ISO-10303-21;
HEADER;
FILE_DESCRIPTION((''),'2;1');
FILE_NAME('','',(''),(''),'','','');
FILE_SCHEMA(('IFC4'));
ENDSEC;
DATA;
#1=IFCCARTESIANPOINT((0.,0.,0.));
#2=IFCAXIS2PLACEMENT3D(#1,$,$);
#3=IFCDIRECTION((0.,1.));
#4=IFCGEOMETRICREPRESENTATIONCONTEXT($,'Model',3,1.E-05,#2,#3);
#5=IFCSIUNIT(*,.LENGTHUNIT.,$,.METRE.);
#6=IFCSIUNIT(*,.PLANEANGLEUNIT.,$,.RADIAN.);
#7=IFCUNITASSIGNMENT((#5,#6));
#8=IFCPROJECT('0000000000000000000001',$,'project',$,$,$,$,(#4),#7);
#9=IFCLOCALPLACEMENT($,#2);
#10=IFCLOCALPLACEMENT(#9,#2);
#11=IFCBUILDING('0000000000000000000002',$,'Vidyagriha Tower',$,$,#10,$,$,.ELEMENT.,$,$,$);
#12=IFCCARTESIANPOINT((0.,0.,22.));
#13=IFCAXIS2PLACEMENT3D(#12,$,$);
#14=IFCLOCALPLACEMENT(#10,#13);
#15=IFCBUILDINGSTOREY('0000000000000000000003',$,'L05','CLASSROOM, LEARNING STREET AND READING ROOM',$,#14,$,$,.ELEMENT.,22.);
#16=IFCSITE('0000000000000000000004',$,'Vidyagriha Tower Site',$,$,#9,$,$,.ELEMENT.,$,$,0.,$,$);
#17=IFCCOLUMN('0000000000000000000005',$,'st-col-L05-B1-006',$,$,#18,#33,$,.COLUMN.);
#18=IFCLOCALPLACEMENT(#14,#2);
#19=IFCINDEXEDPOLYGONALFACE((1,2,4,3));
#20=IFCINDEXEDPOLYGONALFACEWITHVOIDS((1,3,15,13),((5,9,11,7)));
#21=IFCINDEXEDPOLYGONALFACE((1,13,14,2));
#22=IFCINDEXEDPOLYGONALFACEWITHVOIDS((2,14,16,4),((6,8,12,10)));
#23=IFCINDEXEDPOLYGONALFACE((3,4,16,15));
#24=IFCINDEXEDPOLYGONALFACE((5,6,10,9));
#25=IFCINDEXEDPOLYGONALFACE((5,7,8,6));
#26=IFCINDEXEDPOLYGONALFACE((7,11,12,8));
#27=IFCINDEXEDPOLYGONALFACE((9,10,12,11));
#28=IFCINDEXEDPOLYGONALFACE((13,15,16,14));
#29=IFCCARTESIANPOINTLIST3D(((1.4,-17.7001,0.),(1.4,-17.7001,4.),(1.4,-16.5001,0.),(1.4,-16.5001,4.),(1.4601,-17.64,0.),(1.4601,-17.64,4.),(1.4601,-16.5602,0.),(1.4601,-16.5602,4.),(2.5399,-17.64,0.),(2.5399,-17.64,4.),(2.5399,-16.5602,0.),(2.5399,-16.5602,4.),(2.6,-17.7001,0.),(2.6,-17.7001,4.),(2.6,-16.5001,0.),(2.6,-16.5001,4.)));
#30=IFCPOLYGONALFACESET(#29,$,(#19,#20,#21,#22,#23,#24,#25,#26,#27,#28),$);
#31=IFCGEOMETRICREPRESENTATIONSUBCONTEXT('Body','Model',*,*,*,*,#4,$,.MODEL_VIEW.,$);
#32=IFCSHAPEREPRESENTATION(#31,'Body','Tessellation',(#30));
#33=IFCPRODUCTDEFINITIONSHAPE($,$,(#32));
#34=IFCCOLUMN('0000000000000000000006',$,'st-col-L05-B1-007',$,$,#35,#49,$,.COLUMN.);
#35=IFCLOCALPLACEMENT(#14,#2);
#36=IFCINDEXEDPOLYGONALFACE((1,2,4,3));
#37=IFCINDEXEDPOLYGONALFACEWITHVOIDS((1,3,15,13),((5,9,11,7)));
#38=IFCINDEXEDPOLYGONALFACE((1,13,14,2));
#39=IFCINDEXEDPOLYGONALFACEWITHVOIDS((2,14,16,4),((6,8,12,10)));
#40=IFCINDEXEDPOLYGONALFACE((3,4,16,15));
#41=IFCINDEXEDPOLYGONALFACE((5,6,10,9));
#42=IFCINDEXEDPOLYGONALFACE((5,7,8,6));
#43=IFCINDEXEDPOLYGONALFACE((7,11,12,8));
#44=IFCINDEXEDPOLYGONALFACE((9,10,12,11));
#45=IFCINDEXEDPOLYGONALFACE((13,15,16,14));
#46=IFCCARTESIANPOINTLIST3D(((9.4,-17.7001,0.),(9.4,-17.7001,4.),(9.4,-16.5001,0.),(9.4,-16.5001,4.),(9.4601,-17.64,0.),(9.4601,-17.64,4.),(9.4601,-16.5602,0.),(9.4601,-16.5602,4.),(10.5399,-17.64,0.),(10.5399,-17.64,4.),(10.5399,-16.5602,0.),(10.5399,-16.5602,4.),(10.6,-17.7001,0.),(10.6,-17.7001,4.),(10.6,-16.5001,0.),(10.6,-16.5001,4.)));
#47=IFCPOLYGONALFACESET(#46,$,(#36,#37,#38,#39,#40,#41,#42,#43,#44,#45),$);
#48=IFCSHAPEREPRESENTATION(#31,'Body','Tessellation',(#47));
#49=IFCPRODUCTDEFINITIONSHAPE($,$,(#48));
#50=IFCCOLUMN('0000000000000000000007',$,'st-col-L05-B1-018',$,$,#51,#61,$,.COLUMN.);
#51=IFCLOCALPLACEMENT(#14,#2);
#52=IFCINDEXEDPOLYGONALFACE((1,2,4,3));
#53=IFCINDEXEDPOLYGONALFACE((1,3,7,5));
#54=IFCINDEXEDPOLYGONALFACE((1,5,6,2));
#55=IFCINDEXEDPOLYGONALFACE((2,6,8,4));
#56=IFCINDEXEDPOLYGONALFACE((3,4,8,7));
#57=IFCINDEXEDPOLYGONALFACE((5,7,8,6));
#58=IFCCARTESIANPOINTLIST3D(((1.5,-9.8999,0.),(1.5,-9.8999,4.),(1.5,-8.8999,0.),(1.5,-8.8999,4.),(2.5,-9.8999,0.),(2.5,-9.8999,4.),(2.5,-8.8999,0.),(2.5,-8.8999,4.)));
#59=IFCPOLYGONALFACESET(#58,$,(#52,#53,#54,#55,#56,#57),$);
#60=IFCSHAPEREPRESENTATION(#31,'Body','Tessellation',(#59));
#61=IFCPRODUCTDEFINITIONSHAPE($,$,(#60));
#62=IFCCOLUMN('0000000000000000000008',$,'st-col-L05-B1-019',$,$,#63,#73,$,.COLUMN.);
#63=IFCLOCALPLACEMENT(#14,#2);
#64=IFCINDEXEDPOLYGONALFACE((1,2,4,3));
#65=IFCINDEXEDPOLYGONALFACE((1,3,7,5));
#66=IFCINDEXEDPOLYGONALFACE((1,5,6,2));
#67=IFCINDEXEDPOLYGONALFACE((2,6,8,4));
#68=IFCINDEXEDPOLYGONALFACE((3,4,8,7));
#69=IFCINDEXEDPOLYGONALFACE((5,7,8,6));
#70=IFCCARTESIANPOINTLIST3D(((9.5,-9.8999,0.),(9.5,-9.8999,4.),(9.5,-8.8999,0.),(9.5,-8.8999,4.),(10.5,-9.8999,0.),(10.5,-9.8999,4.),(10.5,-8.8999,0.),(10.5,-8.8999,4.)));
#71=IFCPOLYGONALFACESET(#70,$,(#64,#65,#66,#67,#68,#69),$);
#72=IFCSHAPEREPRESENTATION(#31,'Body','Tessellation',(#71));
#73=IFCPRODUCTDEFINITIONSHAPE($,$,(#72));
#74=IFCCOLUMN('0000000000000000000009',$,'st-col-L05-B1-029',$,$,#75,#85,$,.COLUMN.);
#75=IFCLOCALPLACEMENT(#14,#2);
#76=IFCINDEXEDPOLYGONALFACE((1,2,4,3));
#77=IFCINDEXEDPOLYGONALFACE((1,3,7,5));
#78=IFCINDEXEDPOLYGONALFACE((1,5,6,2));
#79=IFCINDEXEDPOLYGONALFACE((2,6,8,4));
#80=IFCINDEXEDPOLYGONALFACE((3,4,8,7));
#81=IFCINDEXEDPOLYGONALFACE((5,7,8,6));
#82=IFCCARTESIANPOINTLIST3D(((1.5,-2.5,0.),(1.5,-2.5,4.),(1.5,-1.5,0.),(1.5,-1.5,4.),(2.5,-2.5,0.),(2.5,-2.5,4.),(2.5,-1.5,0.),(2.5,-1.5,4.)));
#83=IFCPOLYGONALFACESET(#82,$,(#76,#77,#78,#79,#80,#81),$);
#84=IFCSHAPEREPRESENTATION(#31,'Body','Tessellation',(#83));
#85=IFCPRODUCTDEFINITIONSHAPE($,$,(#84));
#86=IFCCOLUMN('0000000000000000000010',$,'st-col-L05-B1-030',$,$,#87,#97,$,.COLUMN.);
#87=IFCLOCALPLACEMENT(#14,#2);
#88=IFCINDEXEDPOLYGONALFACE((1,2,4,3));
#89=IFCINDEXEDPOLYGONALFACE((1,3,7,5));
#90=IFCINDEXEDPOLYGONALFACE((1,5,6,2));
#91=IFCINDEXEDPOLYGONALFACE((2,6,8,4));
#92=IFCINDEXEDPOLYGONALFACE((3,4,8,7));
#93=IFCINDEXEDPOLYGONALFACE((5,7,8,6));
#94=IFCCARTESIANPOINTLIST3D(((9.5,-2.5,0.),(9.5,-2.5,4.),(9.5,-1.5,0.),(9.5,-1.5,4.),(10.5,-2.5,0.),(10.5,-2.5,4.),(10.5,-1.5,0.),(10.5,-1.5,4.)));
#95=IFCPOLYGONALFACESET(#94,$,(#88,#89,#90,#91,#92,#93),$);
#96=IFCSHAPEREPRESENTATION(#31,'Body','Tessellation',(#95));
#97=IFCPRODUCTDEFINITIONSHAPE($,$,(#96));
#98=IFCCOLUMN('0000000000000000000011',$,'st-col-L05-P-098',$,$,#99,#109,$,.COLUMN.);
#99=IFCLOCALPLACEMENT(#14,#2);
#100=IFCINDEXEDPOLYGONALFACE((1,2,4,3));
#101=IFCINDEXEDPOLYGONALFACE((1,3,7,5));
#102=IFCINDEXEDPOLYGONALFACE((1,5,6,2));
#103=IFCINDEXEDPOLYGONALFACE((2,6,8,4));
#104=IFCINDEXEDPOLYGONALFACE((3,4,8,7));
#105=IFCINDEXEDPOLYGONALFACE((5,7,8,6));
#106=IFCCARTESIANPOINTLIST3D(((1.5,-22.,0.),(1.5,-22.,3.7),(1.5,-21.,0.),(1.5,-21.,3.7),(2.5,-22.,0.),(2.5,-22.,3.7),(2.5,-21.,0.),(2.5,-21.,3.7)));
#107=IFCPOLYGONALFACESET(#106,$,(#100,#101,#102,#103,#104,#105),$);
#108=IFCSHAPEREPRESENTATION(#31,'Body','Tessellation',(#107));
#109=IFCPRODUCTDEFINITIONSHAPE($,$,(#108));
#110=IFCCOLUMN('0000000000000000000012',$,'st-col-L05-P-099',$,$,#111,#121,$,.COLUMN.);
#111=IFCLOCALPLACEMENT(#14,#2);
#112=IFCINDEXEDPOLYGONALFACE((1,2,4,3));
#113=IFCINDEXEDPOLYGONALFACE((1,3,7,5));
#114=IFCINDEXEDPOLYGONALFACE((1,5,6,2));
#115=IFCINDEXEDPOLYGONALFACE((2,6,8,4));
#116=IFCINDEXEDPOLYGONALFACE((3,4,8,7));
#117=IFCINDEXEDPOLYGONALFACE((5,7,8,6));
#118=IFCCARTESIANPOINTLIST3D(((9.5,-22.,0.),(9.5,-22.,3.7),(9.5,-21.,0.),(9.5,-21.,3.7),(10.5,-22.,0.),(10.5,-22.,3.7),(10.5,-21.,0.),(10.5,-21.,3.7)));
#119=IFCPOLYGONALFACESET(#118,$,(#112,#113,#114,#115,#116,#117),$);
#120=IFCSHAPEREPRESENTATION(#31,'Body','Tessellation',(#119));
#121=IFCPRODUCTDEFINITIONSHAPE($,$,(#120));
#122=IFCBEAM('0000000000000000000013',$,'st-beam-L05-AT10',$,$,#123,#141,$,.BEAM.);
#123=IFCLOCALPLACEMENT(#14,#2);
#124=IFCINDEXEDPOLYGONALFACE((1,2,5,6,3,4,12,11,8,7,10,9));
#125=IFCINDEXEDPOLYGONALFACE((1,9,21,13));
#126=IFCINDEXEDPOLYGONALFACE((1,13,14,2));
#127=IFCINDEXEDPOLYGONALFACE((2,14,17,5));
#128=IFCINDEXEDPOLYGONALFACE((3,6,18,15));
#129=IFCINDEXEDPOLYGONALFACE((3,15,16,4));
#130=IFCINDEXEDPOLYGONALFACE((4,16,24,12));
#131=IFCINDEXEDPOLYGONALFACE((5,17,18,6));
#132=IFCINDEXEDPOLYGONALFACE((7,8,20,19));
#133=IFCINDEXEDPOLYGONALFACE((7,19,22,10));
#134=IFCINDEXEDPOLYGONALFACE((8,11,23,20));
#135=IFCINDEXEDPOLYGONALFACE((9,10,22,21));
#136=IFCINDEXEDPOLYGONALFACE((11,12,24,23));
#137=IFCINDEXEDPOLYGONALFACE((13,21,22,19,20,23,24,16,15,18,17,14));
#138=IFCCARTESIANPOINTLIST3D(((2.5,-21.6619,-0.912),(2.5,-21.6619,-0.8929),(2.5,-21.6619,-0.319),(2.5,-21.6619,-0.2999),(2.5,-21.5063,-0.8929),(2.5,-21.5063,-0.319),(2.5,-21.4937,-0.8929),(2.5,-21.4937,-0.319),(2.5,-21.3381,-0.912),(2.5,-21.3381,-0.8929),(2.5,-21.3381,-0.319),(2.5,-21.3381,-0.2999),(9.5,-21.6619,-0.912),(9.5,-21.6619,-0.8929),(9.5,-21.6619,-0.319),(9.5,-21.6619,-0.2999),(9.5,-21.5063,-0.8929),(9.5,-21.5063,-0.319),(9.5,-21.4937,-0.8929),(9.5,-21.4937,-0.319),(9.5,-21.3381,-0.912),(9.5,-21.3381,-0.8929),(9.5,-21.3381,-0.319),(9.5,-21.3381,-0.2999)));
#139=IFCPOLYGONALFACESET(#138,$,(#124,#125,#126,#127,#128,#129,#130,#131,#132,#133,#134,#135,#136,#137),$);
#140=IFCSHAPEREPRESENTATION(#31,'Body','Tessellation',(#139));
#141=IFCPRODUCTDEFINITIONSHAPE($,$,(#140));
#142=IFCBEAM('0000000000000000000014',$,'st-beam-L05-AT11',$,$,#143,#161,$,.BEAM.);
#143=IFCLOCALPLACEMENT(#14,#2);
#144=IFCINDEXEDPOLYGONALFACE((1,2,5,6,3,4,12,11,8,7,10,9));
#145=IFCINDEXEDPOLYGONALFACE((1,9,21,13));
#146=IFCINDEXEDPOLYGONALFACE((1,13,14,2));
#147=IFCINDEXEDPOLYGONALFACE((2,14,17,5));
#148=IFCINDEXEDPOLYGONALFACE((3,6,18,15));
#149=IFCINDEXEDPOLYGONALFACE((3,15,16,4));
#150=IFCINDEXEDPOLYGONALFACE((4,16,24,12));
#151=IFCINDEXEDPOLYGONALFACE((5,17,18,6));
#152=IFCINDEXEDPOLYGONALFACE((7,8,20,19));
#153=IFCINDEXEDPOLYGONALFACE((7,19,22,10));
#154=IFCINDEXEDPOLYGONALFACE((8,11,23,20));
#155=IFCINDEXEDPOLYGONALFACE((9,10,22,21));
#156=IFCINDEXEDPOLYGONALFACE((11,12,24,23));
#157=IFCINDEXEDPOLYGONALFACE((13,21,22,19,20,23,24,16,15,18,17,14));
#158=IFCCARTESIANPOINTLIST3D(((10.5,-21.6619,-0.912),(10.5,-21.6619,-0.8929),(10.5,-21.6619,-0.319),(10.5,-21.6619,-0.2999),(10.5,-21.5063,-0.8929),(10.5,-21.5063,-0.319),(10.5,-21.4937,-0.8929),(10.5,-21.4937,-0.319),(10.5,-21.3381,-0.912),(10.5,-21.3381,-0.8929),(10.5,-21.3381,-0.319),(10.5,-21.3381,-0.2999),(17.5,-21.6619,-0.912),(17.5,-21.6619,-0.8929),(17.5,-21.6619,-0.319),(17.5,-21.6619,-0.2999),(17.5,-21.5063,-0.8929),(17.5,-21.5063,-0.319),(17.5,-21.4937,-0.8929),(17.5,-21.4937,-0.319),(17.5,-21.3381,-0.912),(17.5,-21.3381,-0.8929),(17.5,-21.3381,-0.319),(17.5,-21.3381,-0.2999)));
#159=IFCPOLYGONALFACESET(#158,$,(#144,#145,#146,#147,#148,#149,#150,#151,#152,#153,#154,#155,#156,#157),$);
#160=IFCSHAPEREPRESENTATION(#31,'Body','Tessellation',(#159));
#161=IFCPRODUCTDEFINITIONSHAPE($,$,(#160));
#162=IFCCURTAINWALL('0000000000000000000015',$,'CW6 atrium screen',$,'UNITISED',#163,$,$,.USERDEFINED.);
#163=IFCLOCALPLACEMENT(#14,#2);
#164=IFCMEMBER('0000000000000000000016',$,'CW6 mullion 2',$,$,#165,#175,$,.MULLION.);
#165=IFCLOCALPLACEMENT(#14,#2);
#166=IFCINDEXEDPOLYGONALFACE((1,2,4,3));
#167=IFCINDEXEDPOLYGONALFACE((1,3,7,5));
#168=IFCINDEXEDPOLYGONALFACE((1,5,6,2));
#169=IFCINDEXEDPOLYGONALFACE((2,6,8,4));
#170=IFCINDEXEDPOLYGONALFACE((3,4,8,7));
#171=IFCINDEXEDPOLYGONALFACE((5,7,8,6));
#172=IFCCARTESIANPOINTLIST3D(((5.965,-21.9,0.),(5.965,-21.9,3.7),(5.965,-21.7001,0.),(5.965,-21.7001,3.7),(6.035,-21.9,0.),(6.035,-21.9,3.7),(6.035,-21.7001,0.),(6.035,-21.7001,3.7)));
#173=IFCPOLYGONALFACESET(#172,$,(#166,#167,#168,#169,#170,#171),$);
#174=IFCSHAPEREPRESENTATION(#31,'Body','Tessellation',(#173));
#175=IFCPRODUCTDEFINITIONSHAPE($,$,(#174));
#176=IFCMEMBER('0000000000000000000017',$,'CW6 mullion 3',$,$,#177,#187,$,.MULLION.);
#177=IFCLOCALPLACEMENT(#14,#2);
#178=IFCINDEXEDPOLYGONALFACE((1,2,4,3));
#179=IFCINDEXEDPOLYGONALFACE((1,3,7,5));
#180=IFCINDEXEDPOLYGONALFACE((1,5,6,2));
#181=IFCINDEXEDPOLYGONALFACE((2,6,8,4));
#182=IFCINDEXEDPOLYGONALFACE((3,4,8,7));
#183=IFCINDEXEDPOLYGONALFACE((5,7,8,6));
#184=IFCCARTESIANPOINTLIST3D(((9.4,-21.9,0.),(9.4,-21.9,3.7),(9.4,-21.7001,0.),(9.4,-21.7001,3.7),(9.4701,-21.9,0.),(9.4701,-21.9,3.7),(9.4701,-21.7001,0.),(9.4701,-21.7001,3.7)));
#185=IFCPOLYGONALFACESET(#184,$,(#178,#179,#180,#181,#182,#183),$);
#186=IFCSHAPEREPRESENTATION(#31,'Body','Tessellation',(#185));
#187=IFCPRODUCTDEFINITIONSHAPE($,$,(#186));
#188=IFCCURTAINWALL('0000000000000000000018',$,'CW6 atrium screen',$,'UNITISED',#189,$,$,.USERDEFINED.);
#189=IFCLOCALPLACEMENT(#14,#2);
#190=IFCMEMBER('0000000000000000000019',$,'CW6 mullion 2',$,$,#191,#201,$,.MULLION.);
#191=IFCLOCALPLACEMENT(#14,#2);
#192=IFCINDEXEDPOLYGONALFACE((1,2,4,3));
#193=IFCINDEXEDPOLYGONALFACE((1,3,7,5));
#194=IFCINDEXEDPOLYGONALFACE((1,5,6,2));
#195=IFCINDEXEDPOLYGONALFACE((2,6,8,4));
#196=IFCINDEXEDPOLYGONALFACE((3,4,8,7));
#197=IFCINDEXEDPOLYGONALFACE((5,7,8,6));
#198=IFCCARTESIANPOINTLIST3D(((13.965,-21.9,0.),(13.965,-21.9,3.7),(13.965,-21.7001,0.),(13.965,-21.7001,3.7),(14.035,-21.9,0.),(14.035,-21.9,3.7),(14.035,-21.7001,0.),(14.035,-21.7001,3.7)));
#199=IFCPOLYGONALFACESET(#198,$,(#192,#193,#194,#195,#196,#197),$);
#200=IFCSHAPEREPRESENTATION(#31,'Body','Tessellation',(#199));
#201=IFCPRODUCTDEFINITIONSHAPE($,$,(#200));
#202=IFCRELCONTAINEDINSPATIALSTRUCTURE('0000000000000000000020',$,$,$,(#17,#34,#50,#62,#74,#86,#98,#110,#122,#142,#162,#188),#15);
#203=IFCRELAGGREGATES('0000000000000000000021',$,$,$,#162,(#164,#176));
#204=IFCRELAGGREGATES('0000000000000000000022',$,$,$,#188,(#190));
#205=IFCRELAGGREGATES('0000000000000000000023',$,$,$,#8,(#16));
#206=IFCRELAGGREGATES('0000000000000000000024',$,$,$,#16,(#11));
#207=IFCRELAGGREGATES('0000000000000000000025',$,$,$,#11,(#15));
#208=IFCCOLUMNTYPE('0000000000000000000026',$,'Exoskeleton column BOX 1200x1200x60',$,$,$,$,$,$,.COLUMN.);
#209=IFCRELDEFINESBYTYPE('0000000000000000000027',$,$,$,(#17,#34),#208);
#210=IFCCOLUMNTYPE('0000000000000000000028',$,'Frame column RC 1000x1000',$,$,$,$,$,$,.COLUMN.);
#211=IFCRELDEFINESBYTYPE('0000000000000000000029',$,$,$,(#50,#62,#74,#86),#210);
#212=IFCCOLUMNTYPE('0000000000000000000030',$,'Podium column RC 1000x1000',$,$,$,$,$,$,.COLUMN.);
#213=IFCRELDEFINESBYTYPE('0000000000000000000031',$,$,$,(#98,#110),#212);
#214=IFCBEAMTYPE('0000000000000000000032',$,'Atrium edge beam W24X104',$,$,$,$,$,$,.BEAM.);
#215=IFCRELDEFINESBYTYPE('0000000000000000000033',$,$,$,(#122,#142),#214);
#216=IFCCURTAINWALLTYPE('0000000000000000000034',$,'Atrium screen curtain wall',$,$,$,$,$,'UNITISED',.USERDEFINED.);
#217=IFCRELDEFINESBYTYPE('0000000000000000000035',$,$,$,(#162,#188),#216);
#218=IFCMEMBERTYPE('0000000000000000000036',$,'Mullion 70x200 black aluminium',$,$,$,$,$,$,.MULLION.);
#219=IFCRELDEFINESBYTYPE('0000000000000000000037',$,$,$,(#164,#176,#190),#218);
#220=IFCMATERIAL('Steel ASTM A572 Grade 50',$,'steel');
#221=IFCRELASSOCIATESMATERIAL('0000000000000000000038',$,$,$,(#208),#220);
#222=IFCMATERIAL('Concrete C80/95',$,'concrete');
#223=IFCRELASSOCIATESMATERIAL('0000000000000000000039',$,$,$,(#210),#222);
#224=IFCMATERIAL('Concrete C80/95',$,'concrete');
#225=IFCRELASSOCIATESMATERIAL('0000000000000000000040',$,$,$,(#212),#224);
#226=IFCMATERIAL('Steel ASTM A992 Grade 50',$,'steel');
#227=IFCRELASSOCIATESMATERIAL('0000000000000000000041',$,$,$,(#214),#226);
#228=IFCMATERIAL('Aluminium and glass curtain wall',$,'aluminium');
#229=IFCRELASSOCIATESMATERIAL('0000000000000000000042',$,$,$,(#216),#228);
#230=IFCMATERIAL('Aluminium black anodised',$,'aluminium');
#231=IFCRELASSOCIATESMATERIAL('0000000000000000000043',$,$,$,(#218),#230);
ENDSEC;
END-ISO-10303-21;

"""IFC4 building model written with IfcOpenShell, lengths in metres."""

from ifc_helpers import new_model, si_unit, direction, frame, origin, origin_2d, place, context, subcontext, project, spatial, rectangle, hollow_rectangle, i_section, extrude, material, material_profile, profile_set, type_object, element, aggregate, save


model = new_model("IFC4")

# Units and contexts
model_context = context("Model", 3, precision=1e-05, world=origin(), true_north=direction((0.0, 1.0)))
body_context = subcontext(model_context, "Body", "Model", "MODEL_VIEW")
ifc_project = project(units=[si_unit("LENGTHUNIT", "METRE"), si_unit("PLANEANGLEUNIT", "RADIAN")], contexts=[model_context])

# Site, building, storey
site_placement = place(None, origin())
site = spatial("IfcSite", under=ifc_project, at=site_placement, Name="Vidyagriha Tower Site", CompositionType="ELEMENT", RefElevation=0.0)
building_placement = place(site_placement, origin())
building = spatial("IfcBuilding", under=site, at=building_placement, Name="Vidyagriha Tower", CompositionType="ELEMENT")
storey_placement = place(building_placement, frame((0.0, 0.0, 22.0)))
storey = spatial("IfcBuildingStorey", under=building, at=storey_placement, Name="L05", Description="CLASSROOM, LEARNING STREET AND READING ROOM", CompositionType="ELEMENT", Elevation=22.0)

# Columns
ifc_material_1 = material(Name="Steel ASTM A572 Grade 50", Category="steel")
ifc_material_profile_1 = material_profile(ifc_material_1, hollow_rectangle(XDim=1.2, YDim=1.2, WallThickness=0.0601, at=origin_2d()), Name="BOX 1200x1200x60")
ifc_profile_set_1 = profile_set([ifc_material_profile_1], Name="Steel ASTM A572 Grade 50")
column_type_1 = type_object("IfcColumnType", Name="Exoskeleton column BOX 1200x1200x60", PredefinedType="COLUMN", material=ifc_profile_set_1)
for number, where, name in (
    (1, (2.0, -17.1001, 0.0), "st-col-L05-B1-006"),
    (2, (10.0, -17.1001, 0.0), "st-col-L05-B1-007"),
):
    element("IfcColumn", number, at=place(storey_placement, frame(where)), inside=storey, type_object=column_type_1, Name=name, PredefinedType="COLUMN", context=body_context, shape_type="SweptSolid", body=[
        extrude(hollow_rectangle(XDim=1.2, YDim=1.2, WallThickness=0.0601, at=origin_2d()), origin(), (0.0, 0.0, 1.0), 4.0),
    ])
ifc_material_2 = material(Name="Concrete C80/95", Category="concrete")
ifc_material_profile_2 = material_profile(ifc_material_2, rectangle(XDim=1.0, YDim=1.0, at=origin_2d()), Name="RC 1000x1000")
ifc_profile_set_2 = profile_set([ifc_material_profile_2], Name="Concrete C80/95")
column_type_2 = type_object("IfcColumnType", Name="Frame column RC 1000x1000", PredefinedType="COLUMN", material=ifc_profile_set_2)
for number, where, name in (
    (3, (2.0, -9.3999, 0.0), "st-col-L05-B1-018"),
    (4, (10.0, -9.3999, 0.0), "st-col-L05-B1-019"),
    (5, (2.0, -2.0, 0.0), "st-col-L05-B1-029"),
    (6, (10.0, -2.0, 0.0), "st-col-L05-B1-030"),
):
    element("IfcColumn", number, at=place(storey_placement, frame(where)), inside=storey, type_object=column_type_2, Name=name, PredefinedType="COLUMN", context=body_context, shape_type="SweptSolid", body=[
        extrude(rectangle(XDim=1.0, YDim=1.0, at=origin_2d()), origin(), (0.0, 0.0, 1.0), 4.0),
    ])
ifc_material_3 = material(Name="Concrete C80/95", Category="concrete")
ifc_material_profile_3 = material_profile(ifc_material_3, rectangle(XDim=1.0, YDim=1.0, at=origin_2d()), Name="RC 1000x1000")
ifc_profile_set_3 = profile_set([ifc_material_profile_3], Name="Concrete C80/95")
column_type_3 = type_object("IfcColumnType", Name="Podium column RC 1000x1000", PredefinedType="COLUMN", material=ifc_profile_set_3)
for number, where, name in (
    (7, (2.0, -21.5, 0.0), "st-col-L05-P-098"),
    (8, (10.0, -21.5, 0.0), "st-col-L05-P-099"),
):
    element("IfcColumn", number, at=place(storey_placement, frame(where)), inside=storey, type_object=column_type_3, Name=name, PredefinedType="COLUMN", context=body_context, shape_type="SweptSolid", body=[
        extrude(rectangle(XDim=1.0, YDim=1.0, at=origin_2d()), origin(), (0.0, 0.0, 1.0), 3.7),
    ])

# Beams
ifc_material_4 = material(Name="Steel ASTM A992 Grade 50", Category="steel")
ifc_material_profile_4 = material_profile(ifc_material_4, i_section(OverallWidth=0.3237, OverallDepth=0.6121, WebThickness=0.0127, FlangeThickness=0.019, at=origin_2d()), Name="W24X104")
ifc_profile_set_4 = profile_set([ifc_material_profile_4], Name="Steel ASTM A992 Grade 50")
beam_type = type_object("IfcBeamType", Name="Atrium edge beam W24X104", PredefinedType="BEAM", material=ifc_profile_set_4)
for number, where, z_axis, x_axis, name in (
    (9, (2.5, -21.5, -0.606), (1.0, 0.0, 0.0), (0.0, 1.0, 0.0), "st-beam-L05-AT10"),
    (10, (10.5, -21.5, -0.606), (1.0, 0.0, 0.0), (0.0, 1.0, 0.0), "st-beam-L05-AT11"),
):
    element("IfcBeam", number, at=place(storey_placement, frame(where, z_axis=z_axis, x_axis=x_axis)), inside=storey, type_object=beam_type, Name=name, PredefinedType="BEAM", context=body_context, shape_type="SweptSolid", body=[
        extrude(i_section(OverallWidth=0.3237, OverallDepth=0.6121, WebThickness=0.0127, FlangeThickness=0.019, at=origin_2d()), origin(), (0.0, 0.0, 1.0), 7.0),
    ])

# Curtain wall, members
ifc_material_5 = material(Name="Aluminium and glass curtain wall", Category="aluminium")
curtain_wall_type = type_object("IfcCurtainWallType", Name="Atrium screen curtain wall", ElementType="UNITISED", PredefinedType="USERDEFINED", material=ifc_material_5)
curtain_wall_1_placement = place(storey_placement, origin())
curtain_wall_1 = element("IfcCurtainWall", 11, at=curtain_wall_1_placement, inside=storey, type_object=curtain_wall_type, Name="CW6 atrium screen", ObjectType="UNITISED", PredefinedType="USERDEFINED")
ifc_material_6 = material(Name="Aluminium black anodised", Category="aluminium")
ifc_material_profile_5 = material_profile(ifc_material_6, rectangle(XDim=0.2, YDim=0.0701, at=origin_2d()), Name="Mullion 70x200 black aluminium")
ifc_profile_set_5 = profile_set([ifc_material_profile_5], Name="Aluminium black anodised")
member_type_1 = type_object("IfcMemberType", Name="Mullion 70x200 black aluminium", PredefinedType="MULLION", material=ifc_profile_set_5)
member_1_placement = place(storey_placement, frame((6.0, -21.8, 0.0), z_axis=(0.0, 0.0, 1.0), x_axis=(0.0, 1.0, 0.0)))
member_1 = element("IfcMember", 12, at=member_1_placement, type_object=member_type_1, Name="CW6 mullion 2", PredefinedType="MULLION", context=body_context, shape_type="SweptSolid", body=[
    extrude(rectangle(XDim=0.2, YDim=0.0701, at=origin_2d()), origin(), (0.0, 0.0, 1.0), 3.7),
])
member_2_placement = place(storey_placement, frame((9.4351, -21.8, 0.0), z_axis=(0.0, 0.0, 1.0), x_axis=(0.0, 1.0, 0.0)))
member_2 = element("IfcMember", 13, at=member_2_placement, type_object=member_type_1, Name="CW6 mullion 3", PredefinedType="MULLION", context=body_context, shape_type="SweptSolid", body=[
    extrude(rectangle(XDim=0.2, YDim=0.0701, at=origin_2d()), origin(), (0.0, 0.0, 1.0), 3.7),
])

# Curtain wall, member
curtain_wall_2_placement = place(storey_placement, origin())
curtain_wall_2 = element("IfcCurtainWall", 14, at=curtain_wall_2_placement, inside=storey, type_object=curtain_wall_type, Name="CW6 atrium screen", ObjectType="UNITISED", PredefinedType="USERDEFINED")
member_3_placement = place(storey_placement, frame((14.0, -21.8, 0.0), z_axis=(0.0, 0.0, 1.0), x_axis=(0.0, 1.0, 0.0)))
member_3 = element("IfcMember", 15, at=member_3_placement, type_object=member_type_1, Name="CW6 mullion 2", PredefinedType="MULLION", context=body_context, shape_type="SweptSolid", body=[
    extrude(rectangle(XDim=0.2, YDim=0.0701, at=origin_2d()), origin(), (0.0, 0.0, 1.0), 3.7),
])

aggregate(curtain_wall_1, [member_1, member_2])
aggregate(curtain_wall_2, [member_3])

save(model, "model.ifc")
